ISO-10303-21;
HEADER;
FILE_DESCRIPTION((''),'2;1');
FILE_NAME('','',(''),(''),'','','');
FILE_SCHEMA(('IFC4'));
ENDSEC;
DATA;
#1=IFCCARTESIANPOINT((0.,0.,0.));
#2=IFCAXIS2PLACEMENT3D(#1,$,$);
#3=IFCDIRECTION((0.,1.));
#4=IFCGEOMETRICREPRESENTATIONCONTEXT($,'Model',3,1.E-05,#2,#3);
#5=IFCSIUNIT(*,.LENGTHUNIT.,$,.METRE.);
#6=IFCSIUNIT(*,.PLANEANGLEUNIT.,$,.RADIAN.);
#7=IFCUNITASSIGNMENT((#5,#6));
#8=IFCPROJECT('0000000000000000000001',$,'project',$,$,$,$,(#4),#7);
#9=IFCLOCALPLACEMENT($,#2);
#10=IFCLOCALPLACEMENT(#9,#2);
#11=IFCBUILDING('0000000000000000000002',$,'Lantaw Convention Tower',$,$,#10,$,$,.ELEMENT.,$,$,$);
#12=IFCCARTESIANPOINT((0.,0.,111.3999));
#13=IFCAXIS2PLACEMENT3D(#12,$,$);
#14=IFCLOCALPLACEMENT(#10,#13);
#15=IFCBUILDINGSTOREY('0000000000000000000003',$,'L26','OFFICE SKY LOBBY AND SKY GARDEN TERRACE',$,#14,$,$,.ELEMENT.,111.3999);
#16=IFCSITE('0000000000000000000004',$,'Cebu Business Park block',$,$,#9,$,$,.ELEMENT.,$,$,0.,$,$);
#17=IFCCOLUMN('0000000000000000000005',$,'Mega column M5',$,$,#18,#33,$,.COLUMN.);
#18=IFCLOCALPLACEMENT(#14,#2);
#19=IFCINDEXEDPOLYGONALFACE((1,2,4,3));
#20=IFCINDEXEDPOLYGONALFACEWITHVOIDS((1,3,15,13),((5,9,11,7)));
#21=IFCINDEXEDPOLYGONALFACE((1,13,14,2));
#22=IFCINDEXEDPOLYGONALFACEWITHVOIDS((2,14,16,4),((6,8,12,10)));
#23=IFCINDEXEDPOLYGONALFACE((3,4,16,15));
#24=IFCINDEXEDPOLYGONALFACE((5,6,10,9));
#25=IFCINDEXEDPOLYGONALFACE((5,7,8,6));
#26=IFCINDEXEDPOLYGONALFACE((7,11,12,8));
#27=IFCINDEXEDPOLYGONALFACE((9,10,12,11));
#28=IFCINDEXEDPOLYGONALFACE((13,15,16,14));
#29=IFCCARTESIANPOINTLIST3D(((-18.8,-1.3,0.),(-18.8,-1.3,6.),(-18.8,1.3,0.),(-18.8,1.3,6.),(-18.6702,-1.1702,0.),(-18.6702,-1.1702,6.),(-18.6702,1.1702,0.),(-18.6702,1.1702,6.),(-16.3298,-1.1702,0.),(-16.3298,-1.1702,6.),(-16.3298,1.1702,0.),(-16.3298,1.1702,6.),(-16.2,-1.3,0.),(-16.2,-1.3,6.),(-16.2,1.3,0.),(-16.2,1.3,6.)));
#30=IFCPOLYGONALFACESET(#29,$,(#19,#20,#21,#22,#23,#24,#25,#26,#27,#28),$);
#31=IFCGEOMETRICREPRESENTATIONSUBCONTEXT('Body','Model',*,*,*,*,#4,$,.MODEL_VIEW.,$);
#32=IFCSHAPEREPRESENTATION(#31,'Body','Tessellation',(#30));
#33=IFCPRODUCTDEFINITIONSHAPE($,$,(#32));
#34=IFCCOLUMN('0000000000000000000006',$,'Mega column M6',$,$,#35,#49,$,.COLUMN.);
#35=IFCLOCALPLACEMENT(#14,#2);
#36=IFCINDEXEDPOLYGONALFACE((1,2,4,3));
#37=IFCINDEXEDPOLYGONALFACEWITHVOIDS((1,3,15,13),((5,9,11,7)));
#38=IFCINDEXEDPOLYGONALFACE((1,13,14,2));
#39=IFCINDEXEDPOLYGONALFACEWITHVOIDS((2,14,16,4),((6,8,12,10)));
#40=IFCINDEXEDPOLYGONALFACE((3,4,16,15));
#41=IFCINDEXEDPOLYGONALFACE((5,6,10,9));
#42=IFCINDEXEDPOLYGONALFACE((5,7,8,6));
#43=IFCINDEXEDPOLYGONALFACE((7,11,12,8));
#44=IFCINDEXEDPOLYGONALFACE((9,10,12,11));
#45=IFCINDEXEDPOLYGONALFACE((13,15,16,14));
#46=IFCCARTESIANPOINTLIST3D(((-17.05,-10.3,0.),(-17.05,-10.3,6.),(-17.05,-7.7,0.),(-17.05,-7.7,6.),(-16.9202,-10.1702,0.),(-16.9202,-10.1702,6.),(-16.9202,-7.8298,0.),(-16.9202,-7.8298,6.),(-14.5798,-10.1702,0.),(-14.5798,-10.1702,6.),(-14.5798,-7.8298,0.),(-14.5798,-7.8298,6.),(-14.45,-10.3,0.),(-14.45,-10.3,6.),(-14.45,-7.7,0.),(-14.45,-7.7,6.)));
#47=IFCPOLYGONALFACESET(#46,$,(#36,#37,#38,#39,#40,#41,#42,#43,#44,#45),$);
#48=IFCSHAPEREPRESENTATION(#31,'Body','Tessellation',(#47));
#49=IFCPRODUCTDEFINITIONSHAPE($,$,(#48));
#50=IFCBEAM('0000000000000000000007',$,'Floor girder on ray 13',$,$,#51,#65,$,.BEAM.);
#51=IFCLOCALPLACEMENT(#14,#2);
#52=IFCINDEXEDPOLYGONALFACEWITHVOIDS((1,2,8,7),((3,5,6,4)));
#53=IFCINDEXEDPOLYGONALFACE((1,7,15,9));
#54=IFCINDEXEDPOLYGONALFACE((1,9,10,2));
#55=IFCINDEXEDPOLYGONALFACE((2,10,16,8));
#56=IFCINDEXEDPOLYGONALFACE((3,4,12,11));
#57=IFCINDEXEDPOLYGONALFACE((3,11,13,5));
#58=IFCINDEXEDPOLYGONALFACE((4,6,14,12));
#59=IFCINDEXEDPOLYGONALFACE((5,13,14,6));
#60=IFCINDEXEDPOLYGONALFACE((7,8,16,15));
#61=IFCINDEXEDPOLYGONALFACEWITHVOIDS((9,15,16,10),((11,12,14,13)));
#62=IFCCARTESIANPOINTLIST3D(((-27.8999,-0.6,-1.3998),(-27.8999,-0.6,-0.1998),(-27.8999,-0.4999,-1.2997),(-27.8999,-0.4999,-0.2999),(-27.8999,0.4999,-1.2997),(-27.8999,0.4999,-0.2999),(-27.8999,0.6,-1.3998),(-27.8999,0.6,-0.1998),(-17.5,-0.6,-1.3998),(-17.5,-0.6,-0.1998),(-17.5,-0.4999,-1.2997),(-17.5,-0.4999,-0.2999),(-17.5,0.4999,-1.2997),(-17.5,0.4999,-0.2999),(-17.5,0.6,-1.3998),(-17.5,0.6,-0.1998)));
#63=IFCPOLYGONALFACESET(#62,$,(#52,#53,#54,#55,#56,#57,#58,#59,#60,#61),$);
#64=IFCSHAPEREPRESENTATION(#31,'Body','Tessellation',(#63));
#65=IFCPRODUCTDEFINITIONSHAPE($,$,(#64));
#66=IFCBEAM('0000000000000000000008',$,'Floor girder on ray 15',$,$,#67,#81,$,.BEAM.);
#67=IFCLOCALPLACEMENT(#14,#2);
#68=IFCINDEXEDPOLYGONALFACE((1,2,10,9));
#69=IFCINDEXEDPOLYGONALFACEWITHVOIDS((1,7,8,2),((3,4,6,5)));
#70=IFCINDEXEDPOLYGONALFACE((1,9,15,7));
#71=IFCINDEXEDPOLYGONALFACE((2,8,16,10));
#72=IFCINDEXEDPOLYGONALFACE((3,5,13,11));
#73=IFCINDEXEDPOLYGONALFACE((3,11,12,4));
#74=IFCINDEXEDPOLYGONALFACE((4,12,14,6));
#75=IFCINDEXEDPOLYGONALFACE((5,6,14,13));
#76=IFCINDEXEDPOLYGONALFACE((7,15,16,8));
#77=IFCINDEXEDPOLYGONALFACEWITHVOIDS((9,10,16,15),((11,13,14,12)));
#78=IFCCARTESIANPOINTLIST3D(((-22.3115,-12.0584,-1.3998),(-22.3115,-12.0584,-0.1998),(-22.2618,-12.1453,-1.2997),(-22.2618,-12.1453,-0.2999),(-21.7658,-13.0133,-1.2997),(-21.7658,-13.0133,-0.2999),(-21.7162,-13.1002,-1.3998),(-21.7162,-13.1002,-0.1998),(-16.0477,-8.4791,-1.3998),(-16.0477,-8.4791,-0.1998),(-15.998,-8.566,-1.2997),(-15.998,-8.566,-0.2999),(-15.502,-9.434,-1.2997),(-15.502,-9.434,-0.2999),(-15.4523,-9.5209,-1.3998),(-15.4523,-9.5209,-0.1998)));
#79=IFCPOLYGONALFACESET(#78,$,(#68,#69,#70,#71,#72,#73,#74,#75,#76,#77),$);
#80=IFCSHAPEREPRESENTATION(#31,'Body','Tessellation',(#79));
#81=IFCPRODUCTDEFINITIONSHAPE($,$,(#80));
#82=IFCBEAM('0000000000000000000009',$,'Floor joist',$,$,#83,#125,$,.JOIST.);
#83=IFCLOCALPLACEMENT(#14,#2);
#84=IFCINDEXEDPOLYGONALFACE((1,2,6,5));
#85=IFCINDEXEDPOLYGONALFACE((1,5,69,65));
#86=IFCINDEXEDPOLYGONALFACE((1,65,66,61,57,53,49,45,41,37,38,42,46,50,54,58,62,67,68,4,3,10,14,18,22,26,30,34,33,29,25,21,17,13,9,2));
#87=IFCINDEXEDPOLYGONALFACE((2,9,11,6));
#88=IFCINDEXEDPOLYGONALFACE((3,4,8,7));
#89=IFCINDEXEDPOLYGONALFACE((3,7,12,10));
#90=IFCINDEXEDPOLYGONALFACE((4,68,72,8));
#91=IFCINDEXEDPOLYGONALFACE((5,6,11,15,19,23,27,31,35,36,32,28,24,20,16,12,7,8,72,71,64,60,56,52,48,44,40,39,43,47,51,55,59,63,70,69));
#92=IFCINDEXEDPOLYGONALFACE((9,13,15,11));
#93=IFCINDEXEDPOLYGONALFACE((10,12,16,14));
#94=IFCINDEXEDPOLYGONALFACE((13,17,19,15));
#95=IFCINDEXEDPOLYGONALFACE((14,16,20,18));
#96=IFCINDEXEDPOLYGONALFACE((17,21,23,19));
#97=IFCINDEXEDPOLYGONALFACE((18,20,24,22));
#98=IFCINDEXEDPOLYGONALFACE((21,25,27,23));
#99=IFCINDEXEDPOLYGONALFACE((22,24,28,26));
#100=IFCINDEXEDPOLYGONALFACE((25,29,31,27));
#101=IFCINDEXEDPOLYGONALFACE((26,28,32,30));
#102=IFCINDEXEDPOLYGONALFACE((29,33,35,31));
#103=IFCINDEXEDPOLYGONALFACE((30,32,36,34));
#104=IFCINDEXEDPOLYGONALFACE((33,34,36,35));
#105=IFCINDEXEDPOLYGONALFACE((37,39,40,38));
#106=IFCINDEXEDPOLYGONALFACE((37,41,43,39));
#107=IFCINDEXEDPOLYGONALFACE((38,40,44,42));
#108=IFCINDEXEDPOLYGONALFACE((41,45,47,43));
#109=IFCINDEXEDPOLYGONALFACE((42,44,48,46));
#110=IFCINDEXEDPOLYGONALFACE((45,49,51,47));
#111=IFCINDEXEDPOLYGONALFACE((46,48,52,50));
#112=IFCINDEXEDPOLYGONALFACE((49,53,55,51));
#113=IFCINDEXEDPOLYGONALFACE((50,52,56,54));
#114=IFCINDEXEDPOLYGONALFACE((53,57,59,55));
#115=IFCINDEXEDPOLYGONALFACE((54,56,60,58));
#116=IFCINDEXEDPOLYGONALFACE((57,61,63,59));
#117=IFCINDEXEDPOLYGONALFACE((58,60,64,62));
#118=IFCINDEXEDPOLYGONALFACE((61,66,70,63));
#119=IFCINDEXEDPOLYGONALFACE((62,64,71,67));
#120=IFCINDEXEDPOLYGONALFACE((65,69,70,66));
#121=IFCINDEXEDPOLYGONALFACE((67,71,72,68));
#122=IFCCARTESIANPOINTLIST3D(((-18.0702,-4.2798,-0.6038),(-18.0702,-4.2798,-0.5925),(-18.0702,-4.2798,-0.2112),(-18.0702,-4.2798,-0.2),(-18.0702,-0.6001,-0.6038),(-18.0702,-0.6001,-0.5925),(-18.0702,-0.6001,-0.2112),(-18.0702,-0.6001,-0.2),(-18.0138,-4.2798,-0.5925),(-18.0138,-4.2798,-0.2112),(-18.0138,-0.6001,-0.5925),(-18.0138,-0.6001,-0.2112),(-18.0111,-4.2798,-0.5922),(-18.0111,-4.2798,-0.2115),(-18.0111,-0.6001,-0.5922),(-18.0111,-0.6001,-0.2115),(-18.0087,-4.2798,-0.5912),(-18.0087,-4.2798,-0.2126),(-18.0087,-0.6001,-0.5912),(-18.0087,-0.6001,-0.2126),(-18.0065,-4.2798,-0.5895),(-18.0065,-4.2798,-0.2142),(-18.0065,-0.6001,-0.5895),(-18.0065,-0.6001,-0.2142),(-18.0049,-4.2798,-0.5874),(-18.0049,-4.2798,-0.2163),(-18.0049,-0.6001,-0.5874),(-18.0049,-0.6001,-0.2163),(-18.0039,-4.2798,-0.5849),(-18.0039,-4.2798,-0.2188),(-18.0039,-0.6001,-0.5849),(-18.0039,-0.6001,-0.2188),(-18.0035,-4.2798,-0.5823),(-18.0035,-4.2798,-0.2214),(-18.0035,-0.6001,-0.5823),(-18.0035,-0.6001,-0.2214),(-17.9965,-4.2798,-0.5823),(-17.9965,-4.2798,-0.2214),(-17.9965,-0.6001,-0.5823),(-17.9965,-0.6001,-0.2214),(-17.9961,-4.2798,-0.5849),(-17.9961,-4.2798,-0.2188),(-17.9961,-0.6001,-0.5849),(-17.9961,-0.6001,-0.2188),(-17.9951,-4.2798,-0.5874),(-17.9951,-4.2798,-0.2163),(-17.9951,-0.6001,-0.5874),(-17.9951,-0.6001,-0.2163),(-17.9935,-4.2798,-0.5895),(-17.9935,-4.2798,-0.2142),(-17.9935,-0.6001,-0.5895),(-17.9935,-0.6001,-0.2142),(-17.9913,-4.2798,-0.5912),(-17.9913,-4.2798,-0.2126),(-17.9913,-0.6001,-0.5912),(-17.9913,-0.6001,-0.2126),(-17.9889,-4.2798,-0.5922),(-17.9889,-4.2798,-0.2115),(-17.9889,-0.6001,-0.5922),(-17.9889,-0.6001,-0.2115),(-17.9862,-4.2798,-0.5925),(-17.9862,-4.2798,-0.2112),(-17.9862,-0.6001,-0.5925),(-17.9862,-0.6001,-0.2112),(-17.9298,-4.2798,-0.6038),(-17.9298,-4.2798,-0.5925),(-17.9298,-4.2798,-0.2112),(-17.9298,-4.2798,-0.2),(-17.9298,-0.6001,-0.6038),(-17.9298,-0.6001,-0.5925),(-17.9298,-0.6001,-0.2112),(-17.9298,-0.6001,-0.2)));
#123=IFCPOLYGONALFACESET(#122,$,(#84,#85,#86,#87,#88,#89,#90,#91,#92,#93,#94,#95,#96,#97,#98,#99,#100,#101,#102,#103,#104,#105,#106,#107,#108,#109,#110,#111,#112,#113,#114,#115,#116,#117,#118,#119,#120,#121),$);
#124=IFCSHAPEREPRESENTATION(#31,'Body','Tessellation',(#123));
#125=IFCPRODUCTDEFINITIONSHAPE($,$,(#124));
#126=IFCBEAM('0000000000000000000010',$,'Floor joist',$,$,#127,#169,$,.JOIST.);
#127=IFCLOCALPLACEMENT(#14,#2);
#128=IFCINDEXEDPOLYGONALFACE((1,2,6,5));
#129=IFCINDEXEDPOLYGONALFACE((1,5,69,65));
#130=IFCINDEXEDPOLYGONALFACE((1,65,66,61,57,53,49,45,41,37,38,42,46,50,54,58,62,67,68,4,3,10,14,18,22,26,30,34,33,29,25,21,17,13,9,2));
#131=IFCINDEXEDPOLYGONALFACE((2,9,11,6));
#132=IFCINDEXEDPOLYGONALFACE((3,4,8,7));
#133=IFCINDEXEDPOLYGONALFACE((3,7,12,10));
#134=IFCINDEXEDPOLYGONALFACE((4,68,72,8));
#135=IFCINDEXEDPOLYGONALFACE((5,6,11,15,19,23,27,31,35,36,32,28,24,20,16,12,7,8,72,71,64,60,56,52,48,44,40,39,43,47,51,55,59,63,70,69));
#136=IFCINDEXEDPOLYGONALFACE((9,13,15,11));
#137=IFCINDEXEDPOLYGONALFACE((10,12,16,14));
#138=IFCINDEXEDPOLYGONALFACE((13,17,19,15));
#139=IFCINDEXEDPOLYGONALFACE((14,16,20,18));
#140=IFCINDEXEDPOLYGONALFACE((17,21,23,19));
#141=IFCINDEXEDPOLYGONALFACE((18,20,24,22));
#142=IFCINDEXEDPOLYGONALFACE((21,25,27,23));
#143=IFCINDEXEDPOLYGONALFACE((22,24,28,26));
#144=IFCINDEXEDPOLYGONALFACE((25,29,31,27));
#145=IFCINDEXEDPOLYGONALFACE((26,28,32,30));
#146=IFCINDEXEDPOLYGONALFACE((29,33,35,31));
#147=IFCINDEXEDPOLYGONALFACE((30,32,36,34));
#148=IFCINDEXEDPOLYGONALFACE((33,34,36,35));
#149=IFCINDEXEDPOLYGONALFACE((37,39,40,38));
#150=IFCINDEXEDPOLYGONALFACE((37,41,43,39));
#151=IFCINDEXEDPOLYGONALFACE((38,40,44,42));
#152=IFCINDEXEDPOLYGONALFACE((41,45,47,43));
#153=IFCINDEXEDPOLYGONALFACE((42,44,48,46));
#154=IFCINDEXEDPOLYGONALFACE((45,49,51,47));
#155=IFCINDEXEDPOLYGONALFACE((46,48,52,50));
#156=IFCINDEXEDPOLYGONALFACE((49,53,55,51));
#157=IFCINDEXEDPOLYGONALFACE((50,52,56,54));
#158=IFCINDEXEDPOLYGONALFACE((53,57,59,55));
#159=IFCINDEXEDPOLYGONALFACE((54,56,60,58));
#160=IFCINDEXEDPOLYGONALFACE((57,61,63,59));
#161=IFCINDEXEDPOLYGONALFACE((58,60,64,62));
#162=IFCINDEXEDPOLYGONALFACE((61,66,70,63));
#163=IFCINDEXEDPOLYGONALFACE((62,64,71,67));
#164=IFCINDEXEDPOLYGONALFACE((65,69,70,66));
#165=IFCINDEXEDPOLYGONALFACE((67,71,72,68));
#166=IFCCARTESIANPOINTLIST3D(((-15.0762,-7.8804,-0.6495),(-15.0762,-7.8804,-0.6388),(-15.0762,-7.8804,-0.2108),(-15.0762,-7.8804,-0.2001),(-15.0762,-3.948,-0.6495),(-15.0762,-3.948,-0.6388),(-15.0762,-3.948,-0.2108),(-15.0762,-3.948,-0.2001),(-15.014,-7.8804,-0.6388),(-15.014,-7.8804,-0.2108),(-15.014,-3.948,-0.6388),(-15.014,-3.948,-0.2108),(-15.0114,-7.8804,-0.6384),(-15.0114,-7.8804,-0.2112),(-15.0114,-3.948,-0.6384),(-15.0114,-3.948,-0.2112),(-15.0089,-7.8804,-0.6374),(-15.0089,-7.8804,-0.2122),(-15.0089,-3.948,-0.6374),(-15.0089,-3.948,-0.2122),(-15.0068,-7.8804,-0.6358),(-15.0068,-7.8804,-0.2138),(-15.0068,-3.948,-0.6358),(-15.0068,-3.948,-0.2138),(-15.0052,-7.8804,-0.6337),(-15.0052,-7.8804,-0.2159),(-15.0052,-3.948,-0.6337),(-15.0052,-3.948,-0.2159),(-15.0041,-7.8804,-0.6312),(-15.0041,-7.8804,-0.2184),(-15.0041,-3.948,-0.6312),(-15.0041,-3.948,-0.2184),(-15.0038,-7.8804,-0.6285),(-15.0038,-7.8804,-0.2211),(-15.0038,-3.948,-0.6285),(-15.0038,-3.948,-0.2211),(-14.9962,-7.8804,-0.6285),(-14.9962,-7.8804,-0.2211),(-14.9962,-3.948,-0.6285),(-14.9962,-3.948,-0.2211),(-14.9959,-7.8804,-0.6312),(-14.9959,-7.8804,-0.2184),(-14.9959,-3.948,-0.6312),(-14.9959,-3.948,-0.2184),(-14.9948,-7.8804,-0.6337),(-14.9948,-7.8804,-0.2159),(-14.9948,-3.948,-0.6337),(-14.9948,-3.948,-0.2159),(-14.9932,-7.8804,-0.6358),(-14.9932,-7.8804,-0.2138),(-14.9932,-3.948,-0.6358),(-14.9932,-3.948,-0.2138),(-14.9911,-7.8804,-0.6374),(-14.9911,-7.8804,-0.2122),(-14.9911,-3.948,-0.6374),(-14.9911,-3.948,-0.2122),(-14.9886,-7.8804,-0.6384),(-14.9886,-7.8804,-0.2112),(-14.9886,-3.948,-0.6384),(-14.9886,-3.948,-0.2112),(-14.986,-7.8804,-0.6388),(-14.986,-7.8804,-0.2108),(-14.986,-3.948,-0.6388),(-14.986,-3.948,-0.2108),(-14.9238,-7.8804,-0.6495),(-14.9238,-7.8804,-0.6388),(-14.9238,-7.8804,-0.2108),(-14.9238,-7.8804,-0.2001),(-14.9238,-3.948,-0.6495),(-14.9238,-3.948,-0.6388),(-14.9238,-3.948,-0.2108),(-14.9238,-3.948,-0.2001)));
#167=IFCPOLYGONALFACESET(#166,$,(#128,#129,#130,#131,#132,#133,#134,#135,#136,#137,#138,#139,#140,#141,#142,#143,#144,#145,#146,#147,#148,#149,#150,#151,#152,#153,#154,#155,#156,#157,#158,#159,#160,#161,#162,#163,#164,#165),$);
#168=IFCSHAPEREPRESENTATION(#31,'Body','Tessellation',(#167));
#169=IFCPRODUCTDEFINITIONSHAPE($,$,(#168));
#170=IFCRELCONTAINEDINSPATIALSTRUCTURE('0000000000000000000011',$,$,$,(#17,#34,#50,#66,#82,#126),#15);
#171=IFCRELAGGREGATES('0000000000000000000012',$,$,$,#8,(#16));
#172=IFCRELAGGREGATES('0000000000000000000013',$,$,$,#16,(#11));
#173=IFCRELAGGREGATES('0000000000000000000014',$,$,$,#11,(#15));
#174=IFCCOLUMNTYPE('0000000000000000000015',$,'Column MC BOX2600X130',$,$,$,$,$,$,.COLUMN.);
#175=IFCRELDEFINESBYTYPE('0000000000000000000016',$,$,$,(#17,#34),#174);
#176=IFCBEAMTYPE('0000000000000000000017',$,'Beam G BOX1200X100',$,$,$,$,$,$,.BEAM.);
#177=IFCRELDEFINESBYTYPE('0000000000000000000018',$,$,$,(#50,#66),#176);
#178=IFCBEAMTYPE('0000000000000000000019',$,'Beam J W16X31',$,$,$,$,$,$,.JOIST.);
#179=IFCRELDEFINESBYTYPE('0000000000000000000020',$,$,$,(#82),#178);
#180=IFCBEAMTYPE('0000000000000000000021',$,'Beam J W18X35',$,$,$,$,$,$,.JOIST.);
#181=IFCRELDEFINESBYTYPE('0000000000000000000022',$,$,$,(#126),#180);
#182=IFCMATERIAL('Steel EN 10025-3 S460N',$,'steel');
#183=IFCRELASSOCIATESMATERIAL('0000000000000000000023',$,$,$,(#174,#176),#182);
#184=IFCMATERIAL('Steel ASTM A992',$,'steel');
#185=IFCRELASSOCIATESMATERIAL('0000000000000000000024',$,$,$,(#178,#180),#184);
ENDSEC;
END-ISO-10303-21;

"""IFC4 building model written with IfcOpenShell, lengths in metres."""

from ifc_helpers import new_model, si_unit, direction, frame, origin, origin_2d, place, context, subcontext, project, spatial, rectangle, hollow_rectangle, i_section, extrude, material, material_profile, profile_set, type_object, element, save


model = new_model("IFC4")

# Units and contexts
model_context = context("Model", 3, precision=1e-05, world=origin(), true_north=direction((0.0, 1.0)))
body_context = subcontext(model_context, "Body", "Model", "MODEL_VIEW")
ifc_project = project(units=[si_unit("LENGTHUNIT", "METRE"), si_unit("PLANEANGLEUNIT", "RADIAN")], contexts=[model_context])

# Site, building, storey
site_placement = place(None, origin())
site = spatial("IfcSite", under=ifc_project, at=site_placement, Name="Cebu Business Park block", CompositionType="ELEMENT", RefElevation=0.0)
building_placement = place(site_placement, origin())
building = spatial("IfcBuilding", under=site, at=building_placement, Name="Lantaw Convention Tower", CompositionType="ELEMENT")
storey_placement = place(building_placement, frame((0.0, 0.0, 111.3999)))
storey = spatial("IfcBuildingStorey", under=building, at=storey_placement, Name="L26", Description="OFFICE SKY LOBBY AND SKY GARDEN TERRACE", CompositionType="ELEMENT", Elevation=111.3999)

# Columns
ifc_material_1 = material(Name="Steel EN 10025-3 S460N", Category="steel")
ifc_material_profile_1 = material_profile(ifc_material_1, hollow_rectangle(XDim=2.6001, YDim=2.6001, WallThickness=0.1299, at=origin_2d()), Name="BOX2600X130")
ifc_material_2 = material(Name="Concrete C60/75", Category="concrete")
ifc_material_profile_2 = material_profile(ifc_material_2, rectangle(XDim=2.3401, YDim=2.3401, at=origin_2d()), Name="Concrete fill of BOX2600X130")
ifc_profile_set_1 = profile_set([ifc_material_profile_1, ifc_material_profile_2], Name="Steel EN 10025-3 S460N")
column_type = type_object("IfcColumnType", Name="Column MC BOX2600X130", PredefinedType="COLUMN", material=ifc_profile_set_1)
for number, where, z_axis, x_axis, name in (
    (1, (-17.5, 0.0, 0.0), (0.0, 0.0, 1.0), (1.0, 0.0, 0.0), "Mega column M5"),
    (2, (-15.75, -9.0, 0.0), (0.0, 0.0, 1.0), (1.0, 0.0, 0.0), "Mega column M6"),
):
    element("IfcColumn", number, at=place(storey_placement, frame(where, z_axis=z_axis, x_axis=x_axis)), inside=storey, type_object=column_type, Name=name, PredefinedType="COLUMN", context=body_context, shape_type="SweptSolid", body=[
        extrude(hollow_rectangle(XDim=2.6001, YDim=2.6001, WallThickness=0.1299, at=origin_2d()), origin(), (0.0, 0.0, 1.0), 6.0),
    ])

# Beams
ifc_material_profile_3 = material_profile(ifc_material_1, hollow_rectangle(XDim=1.2, YDim=1.2, WallThickness=0.1001, at=origin_2d()), Name="BOX1200X100")
ifc_profile_set_2 = profile_set([ifc_material_profile_3], Name="Steel EN 10025-3 S460N")
beam_type_1 = type_object("IfcBeamType", Name="Beam G BOX1200X100", PredefinedType="BEAM", material=ifc_profile_set_2)
beam_1_placement = place(storey_placement, frame((-17.5, 0.0, -0.7998), z_axis=(-1.0, 0.0, 0.0), x_axis=(0.0, -1.0, 0.0)))
element("IfcBeam", 3, at=beam_1_placement, inside=storey, type_object=beam_type_1, Name="Floor girder on ray 13", PredefinedType="BEAM", context=body_context, shape_type="SweptSolid", body=[
    extrude(hollow_rectangle(XDim=1.2, YDim=1.2, WallThickness=0.1001, at=origin_2d()), origin(), (0.0, 0.0, 1.0), 10.3999),
])
beam_2_placement = place(storey_placement, frame((-15.75, -9.0, -0.7998), z_axis=(-0.868245, -0.496135, 0.0), x_axis=(0.496135, -0.868245, 0.0)))
element("IfcBeam", 4, at=beam_2_placement, inside=storey, type_object=beam_type_1, Name="Floor girder on ray 15", PredefinedType="BEAM", context=body_context, shape_type="SweptSolid", body=[
    extrude(hollow_rectangle(XDim=1.2, YDim=1.2, WallThickness=0.1001, at=origin_2d()), origin(), (0.0, 0.0, 1.0), 7.2144),
])
ifc_material_3 = material(Name="Steel ASTM A992", Category="steel")
ifc_material_profile_4 = material_profile(ifc_material_3, i_section(OverallWidth=0.1404, OverallDepth=0.4038, WebThickness=0.0071, FlangeThickness=0.0112, FilletRadius=0.0103, at=origin_2d()), Name="W16X31")
ifc_profile_set_3 = profile_set([ifc_material_profile_4], Name="Steel ASTM A992")
beam_type_2 = type_object("IfcBeamType", Name="Beam J W16X31", PredefinedType="JOIST", material=ifc_profile_set_3)
beam_3_placement = place(storey_placement, frame((-18.0, -4.2798, -0.4019), z_axis=(0.0, 1.0, 0.0), x_axis=(-1.0, 0.0, 0.0)))
element("IfcBeam", 5, at=beam_3_placement, inside=storey, type_object=beam_type_2, Name="Floor joist", PredefinedType="JOIST", context=body_context, shape_type="SweptSolid", body=[
    extrude(i_section(OverallWidth=0.1404, OverallDepth=0.4038, WebThickness=0.0071, FlangeThickness=0.0112, FilletRadius=0.0103, at=origin_2d()), origin(), (0.0, 0.0, 1.0), 3.6797),
])
ifc_material_profile_5 = material_profile(ifc_material_3, i_section(OverallWidth=0.1523, OverallDepth=0.4495, WebThickness=0.0076, FlangeThickness=0.0107, FilletRadius=0.0103, at=origin_2d()), Name="W18X35")
ifc_profile_set_4 = profile_set([ifc_material_profile_5], Name="Steel ASTM A992")
beam_type_3 = type_object("IfcBeamType", Name="Beam J W18X35", PredefinedType="JOIST", material=ifc_profile_set_4)
beam_4_placement = place(storey_placement, frame((-15.0, -7.8804, -0.4248), z_axis=(0.0, 1.0, 0.0), x_axis=(-1.0, 0.0, 0.0)))
element("IfcBeam", 6, at=beam_4_placement, inside=storey, type_object=beam_type_3, Name="Floor joist", PredefinedType="JOIST", context=body_context, shape_type="SweptSolid", body=[
    extrude(i_section(OverallWidth=0.1523, OverallDepth=0.4495, WebThickness=0.0076, FlangeThickness=0.0107, FilletRadius=0.0103, at=origin_2d()), origin(), (0.0, 0.0, 1.0), 3.9324),
])

save(model, "model.ifc")
